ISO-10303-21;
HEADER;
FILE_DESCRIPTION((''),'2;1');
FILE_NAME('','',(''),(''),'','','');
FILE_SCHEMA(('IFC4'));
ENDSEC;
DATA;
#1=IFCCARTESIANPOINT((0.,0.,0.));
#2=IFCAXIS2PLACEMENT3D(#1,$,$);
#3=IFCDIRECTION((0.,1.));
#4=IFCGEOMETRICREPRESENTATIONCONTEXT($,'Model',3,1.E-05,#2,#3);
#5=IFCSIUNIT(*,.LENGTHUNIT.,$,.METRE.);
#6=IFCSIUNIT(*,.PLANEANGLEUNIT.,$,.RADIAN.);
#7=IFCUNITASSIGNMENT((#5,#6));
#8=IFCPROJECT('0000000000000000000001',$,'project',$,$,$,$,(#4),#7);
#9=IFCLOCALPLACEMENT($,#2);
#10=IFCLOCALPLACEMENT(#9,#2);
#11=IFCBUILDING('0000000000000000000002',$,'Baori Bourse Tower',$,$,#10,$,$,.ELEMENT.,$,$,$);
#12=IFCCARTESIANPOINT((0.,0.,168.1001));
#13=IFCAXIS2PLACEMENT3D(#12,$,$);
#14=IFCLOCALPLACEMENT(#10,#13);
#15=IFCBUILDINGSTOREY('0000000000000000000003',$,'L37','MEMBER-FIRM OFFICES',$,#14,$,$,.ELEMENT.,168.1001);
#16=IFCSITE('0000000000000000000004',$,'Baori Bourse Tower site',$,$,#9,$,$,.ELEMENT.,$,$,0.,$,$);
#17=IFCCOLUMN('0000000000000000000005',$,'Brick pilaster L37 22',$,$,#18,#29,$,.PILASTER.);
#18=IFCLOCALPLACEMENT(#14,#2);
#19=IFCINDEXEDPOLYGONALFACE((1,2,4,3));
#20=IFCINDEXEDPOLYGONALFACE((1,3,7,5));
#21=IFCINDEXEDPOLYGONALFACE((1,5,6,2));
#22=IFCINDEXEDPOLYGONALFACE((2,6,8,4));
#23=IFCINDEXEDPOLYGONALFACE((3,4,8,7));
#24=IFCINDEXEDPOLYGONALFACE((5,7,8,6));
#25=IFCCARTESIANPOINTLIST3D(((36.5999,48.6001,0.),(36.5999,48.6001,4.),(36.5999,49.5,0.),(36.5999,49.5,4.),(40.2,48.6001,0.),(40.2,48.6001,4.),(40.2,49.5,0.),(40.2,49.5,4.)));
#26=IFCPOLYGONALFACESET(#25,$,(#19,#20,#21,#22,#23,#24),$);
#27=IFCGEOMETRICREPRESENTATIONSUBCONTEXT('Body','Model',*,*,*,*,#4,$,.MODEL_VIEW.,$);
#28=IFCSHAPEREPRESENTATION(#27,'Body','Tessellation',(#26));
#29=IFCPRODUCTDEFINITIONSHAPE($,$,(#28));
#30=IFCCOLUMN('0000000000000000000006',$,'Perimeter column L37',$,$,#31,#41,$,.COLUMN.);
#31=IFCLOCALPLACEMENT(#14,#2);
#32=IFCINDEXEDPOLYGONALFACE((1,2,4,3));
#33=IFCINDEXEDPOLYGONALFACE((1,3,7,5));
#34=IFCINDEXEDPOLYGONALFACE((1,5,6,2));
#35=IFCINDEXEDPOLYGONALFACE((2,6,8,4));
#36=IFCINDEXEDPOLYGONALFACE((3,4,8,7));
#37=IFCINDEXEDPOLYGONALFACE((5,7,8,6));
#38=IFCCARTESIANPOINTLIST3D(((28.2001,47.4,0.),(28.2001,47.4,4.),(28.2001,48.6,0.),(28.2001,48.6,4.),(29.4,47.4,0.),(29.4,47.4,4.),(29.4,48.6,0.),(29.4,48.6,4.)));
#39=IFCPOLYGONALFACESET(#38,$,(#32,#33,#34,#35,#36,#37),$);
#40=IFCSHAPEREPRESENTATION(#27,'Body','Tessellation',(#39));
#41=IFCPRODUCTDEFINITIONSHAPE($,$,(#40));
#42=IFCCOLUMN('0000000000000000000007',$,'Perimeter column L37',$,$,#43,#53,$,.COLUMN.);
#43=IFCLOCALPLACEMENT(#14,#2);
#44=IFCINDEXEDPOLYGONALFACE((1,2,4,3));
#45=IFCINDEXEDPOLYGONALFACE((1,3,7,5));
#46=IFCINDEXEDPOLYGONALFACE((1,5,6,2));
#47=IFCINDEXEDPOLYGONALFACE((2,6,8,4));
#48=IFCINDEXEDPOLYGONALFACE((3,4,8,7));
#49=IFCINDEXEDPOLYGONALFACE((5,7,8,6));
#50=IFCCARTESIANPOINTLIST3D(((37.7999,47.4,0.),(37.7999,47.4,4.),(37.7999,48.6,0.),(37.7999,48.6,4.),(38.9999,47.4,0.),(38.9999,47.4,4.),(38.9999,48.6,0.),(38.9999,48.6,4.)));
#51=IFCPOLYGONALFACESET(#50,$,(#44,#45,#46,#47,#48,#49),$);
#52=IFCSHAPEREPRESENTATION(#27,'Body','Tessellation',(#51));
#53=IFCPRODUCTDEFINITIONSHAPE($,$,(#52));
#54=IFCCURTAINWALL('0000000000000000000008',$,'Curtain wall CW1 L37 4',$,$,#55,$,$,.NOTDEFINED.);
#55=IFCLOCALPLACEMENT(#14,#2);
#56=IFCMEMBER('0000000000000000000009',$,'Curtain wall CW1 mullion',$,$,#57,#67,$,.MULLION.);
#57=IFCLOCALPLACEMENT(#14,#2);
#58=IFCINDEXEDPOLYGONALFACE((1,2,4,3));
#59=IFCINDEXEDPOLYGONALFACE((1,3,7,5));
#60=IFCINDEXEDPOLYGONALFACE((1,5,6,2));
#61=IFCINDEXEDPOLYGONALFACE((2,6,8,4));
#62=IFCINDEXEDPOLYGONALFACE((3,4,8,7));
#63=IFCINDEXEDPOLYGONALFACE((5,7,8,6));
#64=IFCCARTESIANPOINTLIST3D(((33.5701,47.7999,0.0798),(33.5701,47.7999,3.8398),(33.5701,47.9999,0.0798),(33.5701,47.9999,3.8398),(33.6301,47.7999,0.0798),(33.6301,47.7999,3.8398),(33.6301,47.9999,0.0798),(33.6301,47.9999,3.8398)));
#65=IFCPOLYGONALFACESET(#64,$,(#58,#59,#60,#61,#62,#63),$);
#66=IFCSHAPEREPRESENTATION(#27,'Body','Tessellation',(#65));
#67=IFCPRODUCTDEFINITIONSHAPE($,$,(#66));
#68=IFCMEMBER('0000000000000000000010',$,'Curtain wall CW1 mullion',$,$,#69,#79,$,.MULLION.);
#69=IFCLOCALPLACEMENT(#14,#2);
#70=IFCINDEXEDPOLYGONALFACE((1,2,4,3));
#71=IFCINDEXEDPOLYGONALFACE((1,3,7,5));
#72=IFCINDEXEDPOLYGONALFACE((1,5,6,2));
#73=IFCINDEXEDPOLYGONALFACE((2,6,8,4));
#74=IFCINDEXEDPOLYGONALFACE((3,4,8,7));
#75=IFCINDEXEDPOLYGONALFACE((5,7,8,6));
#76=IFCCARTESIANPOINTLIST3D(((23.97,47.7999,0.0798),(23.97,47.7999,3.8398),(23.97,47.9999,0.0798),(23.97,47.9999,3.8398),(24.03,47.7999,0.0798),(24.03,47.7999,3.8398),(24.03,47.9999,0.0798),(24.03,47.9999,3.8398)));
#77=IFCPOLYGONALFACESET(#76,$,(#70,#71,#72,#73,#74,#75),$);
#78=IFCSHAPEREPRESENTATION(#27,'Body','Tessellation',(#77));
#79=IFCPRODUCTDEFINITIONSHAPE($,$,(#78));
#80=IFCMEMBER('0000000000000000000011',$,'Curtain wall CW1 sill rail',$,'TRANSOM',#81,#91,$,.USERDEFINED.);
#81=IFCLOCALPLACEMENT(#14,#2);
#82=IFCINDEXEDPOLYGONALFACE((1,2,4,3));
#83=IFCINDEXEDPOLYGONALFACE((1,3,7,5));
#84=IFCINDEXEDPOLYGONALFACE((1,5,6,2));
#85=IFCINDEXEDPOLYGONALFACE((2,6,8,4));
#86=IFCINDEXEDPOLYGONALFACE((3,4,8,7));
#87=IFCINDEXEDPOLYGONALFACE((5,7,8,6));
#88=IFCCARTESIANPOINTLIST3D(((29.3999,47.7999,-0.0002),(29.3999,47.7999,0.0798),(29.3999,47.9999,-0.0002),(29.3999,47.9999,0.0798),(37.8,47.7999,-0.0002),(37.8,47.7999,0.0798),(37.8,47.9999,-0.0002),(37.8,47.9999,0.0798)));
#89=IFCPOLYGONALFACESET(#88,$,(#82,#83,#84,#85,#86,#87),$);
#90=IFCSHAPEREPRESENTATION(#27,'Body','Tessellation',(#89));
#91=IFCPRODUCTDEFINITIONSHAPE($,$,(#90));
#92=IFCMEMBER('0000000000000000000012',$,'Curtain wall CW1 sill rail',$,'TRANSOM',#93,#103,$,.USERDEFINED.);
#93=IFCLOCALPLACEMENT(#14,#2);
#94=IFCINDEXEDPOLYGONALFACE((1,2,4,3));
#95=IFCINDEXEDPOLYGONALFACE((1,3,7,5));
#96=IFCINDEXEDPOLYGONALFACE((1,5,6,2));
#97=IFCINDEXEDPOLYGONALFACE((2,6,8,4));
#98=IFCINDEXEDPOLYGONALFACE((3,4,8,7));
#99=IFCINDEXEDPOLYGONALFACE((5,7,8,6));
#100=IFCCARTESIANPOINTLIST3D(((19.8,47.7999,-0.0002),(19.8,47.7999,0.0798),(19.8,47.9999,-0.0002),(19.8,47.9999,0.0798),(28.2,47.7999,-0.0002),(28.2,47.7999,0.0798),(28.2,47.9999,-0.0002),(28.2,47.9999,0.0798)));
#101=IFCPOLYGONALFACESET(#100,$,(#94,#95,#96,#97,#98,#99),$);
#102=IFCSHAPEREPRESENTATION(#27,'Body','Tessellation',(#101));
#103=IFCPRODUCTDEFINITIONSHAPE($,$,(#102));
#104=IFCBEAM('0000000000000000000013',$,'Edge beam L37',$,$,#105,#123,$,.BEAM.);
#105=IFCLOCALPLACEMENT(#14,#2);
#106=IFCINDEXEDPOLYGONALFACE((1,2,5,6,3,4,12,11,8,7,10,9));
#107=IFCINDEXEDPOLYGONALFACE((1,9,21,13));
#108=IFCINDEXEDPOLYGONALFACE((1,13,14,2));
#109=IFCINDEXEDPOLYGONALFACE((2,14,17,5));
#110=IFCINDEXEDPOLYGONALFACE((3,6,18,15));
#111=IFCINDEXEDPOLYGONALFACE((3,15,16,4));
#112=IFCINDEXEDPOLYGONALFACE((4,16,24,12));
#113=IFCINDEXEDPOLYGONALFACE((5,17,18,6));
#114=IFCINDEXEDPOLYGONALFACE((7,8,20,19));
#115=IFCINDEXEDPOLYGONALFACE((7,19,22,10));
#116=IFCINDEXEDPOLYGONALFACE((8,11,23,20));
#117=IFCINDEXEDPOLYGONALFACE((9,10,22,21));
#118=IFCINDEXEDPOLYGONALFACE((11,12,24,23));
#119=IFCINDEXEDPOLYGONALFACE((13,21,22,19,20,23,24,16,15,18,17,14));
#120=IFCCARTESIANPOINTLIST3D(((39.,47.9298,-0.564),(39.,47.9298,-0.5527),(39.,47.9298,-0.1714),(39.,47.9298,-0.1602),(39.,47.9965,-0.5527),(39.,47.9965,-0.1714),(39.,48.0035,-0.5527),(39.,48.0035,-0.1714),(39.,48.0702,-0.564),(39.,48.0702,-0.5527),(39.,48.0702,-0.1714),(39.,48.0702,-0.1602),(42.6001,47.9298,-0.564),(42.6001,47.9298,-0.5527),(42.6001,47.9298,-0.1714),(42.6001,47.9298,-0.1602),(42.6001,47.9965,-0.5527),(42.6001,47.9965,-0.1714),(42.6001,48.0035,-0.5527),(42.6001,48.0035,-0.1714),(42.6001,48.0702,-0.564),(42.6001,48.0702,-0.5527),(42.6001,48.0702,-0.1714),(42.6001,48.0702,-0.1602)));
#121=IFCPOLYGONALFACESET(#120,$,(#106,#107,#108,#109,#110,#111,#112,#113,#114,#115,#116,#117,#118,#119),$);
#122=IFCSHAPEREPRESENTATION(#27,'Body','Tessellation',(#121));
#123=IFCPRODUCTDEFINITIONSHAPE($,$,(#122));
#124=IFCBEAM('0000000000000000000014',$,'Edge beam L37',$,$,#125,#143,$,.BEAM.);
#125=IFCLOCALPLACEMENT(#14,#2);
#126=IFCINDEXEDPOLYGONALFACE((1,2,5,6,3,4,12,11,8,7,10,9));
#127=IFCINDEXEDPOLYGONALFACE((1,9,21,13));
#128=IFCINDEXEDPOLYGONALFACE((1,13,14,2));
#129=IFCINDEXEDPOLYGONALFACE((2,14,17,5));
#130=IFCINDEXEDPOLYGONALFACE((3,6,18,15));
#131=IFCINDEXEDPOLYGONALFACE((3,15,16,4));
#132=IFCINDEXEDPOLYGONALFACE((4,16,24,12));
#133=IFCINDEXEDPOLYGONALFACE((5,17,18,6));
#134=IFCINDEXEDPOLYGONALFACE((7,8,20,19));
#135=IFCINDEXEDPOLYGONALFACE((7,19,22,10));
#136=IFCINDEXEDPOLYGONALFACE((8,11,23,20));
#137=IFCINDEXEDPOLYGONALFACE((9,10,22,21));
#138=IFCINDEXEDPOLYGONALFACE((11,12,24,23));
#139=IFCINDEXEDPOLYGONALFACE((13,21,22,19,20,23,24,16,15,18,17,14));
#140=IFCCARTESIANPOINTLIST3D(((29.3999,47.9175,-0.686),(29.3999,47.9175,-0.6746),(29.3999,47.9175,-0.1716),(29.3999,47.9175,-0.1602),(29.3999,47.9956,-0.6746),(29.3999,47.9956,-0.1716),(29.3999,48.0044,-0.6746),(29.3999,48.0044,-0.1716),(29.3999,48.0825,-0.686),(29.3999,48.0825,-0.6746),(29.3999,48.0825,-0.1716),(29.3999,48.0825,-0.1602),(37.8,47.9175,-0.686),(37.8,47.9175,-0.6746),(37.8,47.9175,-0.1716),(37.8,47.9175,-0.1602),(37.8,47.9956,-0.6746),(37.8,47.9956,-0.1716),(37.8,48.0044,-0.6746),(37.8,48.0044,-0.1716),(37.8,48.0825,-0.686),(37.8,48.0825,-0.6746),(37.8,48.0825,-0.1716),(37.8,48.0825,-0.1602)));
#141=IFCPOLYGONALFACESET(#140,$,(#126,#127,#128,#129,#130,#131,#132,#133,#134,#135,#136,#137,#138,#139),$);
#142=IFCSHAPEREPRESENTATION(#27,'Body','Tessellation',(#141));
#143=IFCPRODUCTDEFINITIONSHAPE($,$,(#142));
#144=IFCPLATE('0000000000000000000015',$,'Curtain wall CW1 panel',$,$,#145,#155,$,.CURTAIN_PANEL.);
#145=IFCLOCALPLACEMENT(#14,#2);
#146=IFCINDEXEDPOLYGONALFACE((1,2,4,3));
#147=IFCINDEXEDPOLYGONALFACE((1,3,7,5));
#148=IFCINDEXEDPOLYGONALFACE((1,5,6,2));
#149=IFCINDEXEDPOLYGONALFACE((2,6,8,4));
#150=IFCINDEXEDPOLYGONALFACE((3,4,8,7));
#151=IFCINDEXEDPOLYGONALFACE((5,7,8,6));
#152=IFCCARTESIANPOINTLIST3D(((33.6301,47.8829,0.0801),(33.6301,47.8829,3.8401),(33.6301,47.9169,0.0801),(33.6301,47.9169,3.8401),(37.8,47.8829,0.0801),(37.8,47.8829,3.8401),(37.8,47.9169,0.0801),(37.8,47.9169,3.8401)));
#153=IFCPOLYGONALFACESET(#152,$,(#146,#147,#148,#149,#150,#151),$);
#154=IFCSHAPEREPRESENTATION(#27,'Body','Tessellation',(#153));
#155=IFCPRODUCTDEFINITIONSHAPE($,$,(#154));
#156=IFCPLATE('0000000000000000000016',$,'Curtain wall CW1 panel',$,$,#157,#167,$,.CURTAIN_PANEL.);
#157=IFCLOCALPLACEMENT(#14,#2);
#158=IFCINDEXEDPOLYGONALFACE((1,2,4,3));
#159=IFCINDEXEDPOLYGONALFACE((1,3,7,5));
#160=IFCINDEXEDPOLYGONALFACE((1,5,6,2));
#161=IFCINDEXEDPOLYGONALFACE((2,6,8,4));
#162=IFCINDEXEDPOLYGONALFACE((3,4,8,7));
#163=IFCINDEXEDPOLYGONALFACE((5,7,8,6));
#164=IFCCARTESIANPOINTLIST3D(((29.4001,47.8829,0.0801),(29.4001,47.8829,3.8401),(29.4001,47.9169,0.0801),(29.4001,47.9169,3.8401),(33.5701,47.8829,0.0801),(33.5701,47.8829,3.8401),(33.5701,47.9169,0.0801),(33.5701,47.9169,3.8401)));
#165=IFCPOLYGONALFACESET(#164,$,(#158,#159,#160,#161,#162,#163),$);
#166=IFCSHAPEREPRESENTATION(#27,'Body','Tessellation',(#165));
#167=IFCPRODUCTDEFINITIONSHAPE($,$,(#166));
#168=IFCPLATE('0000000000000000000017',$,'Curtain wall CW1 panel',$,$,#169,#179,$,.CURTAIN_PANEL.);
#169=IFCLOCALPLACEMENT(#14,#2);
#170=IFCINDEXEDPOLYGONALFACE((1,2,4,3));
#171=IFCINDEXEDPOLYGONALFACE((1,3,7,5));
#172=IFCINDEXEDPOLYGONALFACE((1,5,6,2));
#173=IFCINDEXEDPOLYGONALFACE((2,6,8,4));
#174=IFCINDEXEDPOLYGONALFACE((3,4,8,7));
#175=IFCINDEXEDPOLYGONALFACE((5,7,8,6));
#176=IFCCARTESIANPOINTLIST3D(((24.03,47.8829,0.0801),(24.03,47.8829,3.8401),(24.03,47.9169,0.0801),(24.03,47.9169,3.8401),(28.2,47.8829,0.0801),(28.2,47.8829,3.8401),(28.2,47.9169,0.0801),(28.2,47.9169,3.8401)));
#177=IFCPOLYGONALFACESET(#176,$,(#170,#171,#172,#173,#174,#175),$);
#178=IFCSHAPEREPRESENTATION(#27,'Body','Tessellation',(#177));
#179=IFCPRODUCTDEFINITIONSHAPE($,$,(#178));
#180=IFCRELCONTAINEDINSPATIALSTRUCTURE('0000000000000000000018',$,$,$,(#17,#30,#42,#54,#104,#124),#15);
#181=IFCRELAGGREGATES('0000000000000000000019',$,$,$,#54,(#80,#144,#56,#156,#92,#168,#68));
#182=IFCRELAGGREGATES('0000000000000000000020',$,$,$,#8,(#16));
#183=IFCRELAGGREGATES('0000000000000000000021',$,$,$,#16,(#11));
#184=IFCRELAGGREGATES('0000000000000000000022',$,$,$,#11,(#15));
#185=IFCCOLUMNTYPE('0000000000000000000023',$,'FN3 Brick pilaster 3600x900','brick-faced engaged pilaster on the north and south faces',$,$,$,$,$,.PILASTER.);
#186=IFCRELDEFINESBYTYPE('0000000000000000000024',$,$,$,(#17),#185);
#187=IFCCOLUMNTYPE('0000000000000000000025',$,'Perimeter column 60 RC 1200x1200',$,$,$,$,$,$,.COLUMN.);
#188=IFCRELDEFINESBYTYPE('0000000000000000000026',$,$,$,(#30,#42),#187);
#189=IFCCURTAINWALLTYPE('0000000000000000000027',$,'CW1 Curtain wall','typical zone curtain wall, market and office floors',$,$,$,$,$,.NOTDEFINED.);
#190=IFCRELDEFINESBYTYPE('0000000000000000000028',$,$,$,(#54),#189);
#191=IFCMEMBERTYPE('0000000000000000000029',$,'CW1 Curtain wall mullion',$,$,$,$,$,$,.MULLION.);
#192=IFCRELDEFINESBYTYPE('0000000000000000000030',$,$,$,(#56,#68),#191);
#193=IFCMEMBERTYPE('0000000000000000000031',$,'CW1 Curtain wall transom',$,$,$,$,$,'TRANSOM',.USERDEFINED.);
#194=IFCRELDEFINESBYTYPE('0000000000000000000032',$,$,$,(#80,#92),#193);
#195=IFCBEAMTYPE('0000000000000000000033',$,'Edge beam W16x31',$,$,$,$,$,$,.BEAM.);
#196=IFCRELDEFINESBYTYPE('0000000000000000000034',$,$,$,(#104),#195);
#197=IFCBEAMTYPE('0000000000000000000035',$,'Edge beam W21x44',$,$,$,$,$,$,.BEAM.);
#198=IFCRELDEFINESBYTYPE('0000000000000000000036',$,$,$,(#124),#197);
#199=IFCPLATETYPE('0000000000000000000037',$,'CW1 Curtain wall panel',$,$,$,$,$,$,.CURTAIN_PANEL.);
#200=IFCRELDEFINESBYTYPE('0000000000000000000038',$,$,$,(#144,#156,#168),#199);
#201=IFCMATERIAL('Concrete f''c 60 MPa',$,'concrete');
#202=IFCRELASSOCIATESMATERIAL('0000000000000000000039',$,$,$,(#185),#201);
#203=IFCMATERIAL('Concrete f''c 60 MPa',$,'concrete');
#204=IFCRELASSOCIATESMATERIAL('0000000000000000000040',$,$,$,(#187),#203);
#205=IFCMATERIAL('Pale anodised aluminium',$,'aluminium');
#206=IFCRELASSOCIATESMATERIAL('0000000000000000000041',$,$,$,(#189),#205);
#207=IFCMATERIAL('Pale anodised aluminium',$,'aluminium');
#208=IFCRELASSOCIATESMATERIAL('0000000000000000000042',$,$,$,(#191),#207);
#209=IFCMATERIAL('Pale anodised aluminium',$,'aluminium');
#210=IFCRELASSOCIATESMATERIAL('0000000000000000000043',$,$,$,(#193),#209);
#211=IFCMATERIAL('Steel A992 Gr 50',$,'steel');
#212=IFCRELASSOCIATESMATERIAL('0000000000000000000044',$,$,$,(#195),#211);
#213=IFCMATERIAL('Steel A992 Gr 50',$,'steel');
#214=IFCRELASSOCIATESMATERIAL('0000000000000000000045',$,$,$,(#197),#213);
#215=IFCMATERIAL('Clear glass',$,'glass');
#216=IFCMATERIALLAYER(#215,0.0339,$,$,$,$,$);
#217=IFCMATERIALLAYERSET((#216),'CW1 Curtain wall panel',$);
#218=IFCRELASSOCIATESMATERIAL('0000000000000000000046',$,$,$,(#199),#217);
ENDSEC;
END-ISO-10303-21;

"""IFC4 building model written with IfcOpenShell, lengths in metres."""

from ifc_helpers import new_model, si_unit, direction, frame, origin, origin_2d, place, context, subcontext, project, spatial, rectangle, i_section, extrude, material, layer, layer_set, material_profile, profile_set, type_object, element, aggregate, save


model = new_model("IFC4")

# Units and contexts
model_context = context("Model", 3, precision=1e-05, world=origin(), true_north=direction((0.0, 1.0)))
body_context = subcontext(model_context, "Body", "Model", "MODEL_VIEW")
ifc_project = project(units=[si_unit("LENGTHUNIT", "METRE"), si_unit("PLANEANGLEUNIT", "RADIAN")], contexts=[model_context])

# Site, building, storey
site_placement = place(None, origin())
site = spatial("IfcSite", under=ifc_project, at=site_placement, Name="Baori Bourse Tower site", CompositionType="ELEMENT", RefElevation=0.0)
building_placement = place(site_placement, origin())
building = spatial("IfcBuilding", under=site, at=building_placement, Name="Baori Bourse Tower", CompositionType="ELEMENT")
storey_placement = place(building_placement, frame((0.0, 0.0, 168.1001)))
storey = spatial("IfcBuildingStorey", under=building, at=storey_placement, Name="L37", Description="MEMBER-FIRM OFFICES", CompositionType="ELEMENT", Elevation=168.1001)

# Columns
ifc_material_1 = material(Name="Concrete f'c 60 MPa", Category="concrete")
ifc_material_profile_1 = material_profile(ifc_material_1, rectangle(XDim=3.6001, YDim=0.8999, at=origin_2d()), Name="RC 3600x900")
ifc_profile_set_1 = profile_set([ifc_material_profile_1], Name="Concrete f'c 60 MPa")
column_type_1 = type_object("IfcColumnType", Name="FN3 Brick pilaster 3600x900", Description="brick-faced engaged pilaster on the north and south faces", PredefinedType="PILASTER", material=ifc_profile_set_1)
column_placement = place(storey_placement, frame((38.3999, 49.05, 0.0), z_axis=(0.0, 0.0, 1.0), x_axis=(1.0, 0.0, 0.0)))
element("IfcColumn", 1, at=column_placement, inside=storey, type_object=column_type_1, Name="Brick pilaster L37 22", PredefinedType="PILASTER", context=body_context, shape_type="SweptSolid", body=[
    extrude(rectangle(XDim=3.6001, YDim=0.8999, at=origin_2d()), origin(), (0.0, 0.0, 1.0), 4.0),
])
ifc_material_2 = material(Name="Concrete f'c 60 MPa", Category="concrete")
ifc_material_profile_2 = material_profile(ifc_material_2, rectangle(XDim=1.2, YDim=1.2, at=origin_2d()), Name="RC 1200x1200")
ifc_profile_set_2 = profile_set([ifc_material_profile_2], Name="Concrete f'c 60 MPa")
column_type_2 = type_object("IfcColumnType", Name="Perimeter column 60 RC 1200x1200", PredefinedType="COLUMN", material=ifc_profile_set_2)
for number, where, z_axis, x_axis, name in (
    (2, (28.8, 48.0, 0.0), (0.0, 0.0, 1.0), (1.0, 0.0, 0.0), "Perimeter column L37"),
    (3, (38.3999, 48.0, 0.0), (0.0, 0.0, 1.0), (1.0, 0.0, 0.0), "Perimeter column L37"),
):
    element("IfcColumn", number, at=place(storey_placement, frame(where, z_axis=z_axis, x_axis=x_axis)), inside=storey, type_object=column_type_2, Name=name, PredefinedType="COLUMN", context=body_context, shape_type="SweptSolid", body=[
        extrude(rectangle(XDim=1.2, YDim=1.2, at=origin_2d()), origin(), (0.0, 0.0, 1.0), 4.0),
    ])

# Curtain wall, members
ifc_material_3 = material(Name="Pale anodised aluminium", Category="aluminium")
curtain_wall_type = type_object("IfcCurtainWallType", Name="CW1 Curtain wall", Description="typical zone curtain wall, market and office floors", PredefinedType="NOTDEFINED", material=ifc_material_3)
curtain_wall_placement = place(storey_placement, origin())
curtain_wall = element("IfcCurtainWall", 4, at=curtain_wall_placement, inside=storey, type_object=curtain_wall_type, Name="Curtain wall CW1 L37 4", PredefinedType="NOTDEFINED")
ifc_material_4 = material(Name="Pale anodised aluminium", Category="aluminium")
ifc_material_profile_3 = material_profile(ifc_material_4, rectangle(XDim=0.2, YDim=0.0601, at=origin_2d()), Name="Mullion 60x200")
ifc_profile_set_3 = profile_set([ifc_material_profile_3], Name="Pale anodised aluminium")
member_type_1 = type_object("IfcMemberType", Name="CW1 Curtain wall mullion", PredefinedType="MULLION", material=ifc_profile_set_3)
member_1_placement = place(storey_placement, frame((33.6001, 47.8999, 0.0798), z_axis=(0.0, 0.0, 1.0), x_axis=(0.0, -1.0, 0.0)))
member_1 = element("IfcMember", 5, at=member_1_placement, type_object=member_type_1, Name="Curtain wall CW1 mullion", PredefinedType="MULLION", context=body_context, shape_type="SweptSolid", body=[
    extrude(rectangle(XDim=0.2, YDim=0.0601, at=origin_2d()), origin(), (0.0, 0.0, 1.0), 3.76),
])
member_2_placement = place(storey_placement, frame((24.0, 47.8999, 0.0798), z_axis=(0.0, 0.0, 1.0), x_axis=(0.0, -1.0, 0.0)))
member_2 = element("IfcMember", 6, at=member_2_placement, type_object=member_type_1, Name="Curtain wall CW1 mullion", PredefinedType="MULLION", context=body_context, shape_type="SweptSolid", body=[
    extrude(rectangle(XDim=0.2, YDim=0.0601, at=origin_2d()), origin(), (0.0, 0.0, 1.0), 3.76),
])
ifc_material_5 = material(Name="Pale anodised aluminium", Category="aluminium")
ifc_material_profile_4 = material_profile(ifc_material_5, rectangle(XDim=0.2, YDim=0.0801, at=origin_2d()), Name="Transom 80x200")
ifc_profile_set_4 = profile_set([ifc_material_profile_4], Name="Pale anodised aluminium")
member_type_2 = type_object("IfcMemberType", Name="CW1 Curtain wall transom", ElementType="TRANSOM", PredefinedType="USERDEFINED", material=ifc_profile_set_4)
member_3_placement = place(storey_placement, frame((37.8, 47.8999, 0.0398), z_axis=(-1.0, 0.0, 0.0), x_axis=(0.0, -1.0, 0.0)))
member_3 = element("IfcMember", 7, at=member_3_placement, type_object=member_type_2, Name="Curtain wall CW1 sill rail", ObjectType="TRANSOM", PredefinedType="USERDEFINED", context=body_context, shape_type="SweptSolid", body=[
    extrude(rectangle(XDim=0.2, YDim=0.0801, at=origin_2d()), origin(), (0.0, 0.0, 1.0), 8.4001),
])
member_4_placement = place(storey_placement, frame((28.2, 47.8999, 0.0398), z_axis=(-1.0, 0.0, 0.0), x_axis=(0.0, -1.0, 0.0)))
member_4 = element("IfcMember", 8, at=member_4_placement, type_object=member_type_2, Name="Curtain wall CW1 sill rail", ObjectType="TRANSOM", PredefinedType="USERDEFINED", context=body_context, shape_type="SweptSolid", body=[
    extrude(rectangle(XDim=0.2, YDim=0.0801, at=origin_2d()), origin(), (0.0, 0.0, 1.0), 8.3999),
])

# Beams
ifc_material_6 = material(Name="Steel A992 Gr 50", Category="steel")
ifc_material_profile_5 = material_profile(ifc_material_6, i_section(OverallWidth=0.1404, OverallDepth=0.4038, WebThickness=0.0071, FlangeThickness=0.0112, at=origin_2d()), Name="W16x31")
ifc_profile_set_5 = profile_set([ifc_material_profile_5], Name="Steel A992 Gr 50")
beam_type_1 = type_object("IfcBeamType", Name="Edge beam W16x31", PredefinedType="BEAM", material=ifc_profile_set_5)
beam_1_placement = place(storey_placement, frame((39.0, 48.0, -0.3621), z_axis=(1.0, 0.0, 0.0), x_axis=(0.0, 1.0, 0.0)))
element("IfcBeam", 9, at=beam_1_placement, inside=storey, type_object=beam_type_1, Name="Edge beam L37", PredefinedType="BEAM", context=body_context, shape_type="SweptSolid", body=[
    extrude(i_section(OverallWidth=0.1404, OverallDepth=0.4038, WebThickness=0.0071, FlangeThickness=0.0112, at=origin_2d()), origin(), (0.0, 0.0, 1.0), 3.6001),
])
ifc_material_7 = material(Name="Steel A992 Gr 50", Category="steel")
ifc_material_profile_6 = material_profile(ifc_material_7, i_section(OverallWidth=0.165, OverallDepth=0.5259, WebThickness=0.0088, FlangeThickness=0.0115, at=origin_2d()), Name="W21x44")
ifc_profile_set_6 = profile_set([ifc_material_profile_6], Name="Steel A992 Gr 50")
beam_type_2 = type_object("IfcBeamType", Name="Edge beam W21x44", PredefinedType="BEAM", material=ifc_profile_set_6)
beam_2_placement = place(storey_placement, frame((29.3999, 48.0, -0.4231), z_axis=(1.0, 0.0, 0.0), x_axis=(0.0, 1.0, 0.0)))
element("IfcBeam", 10, at=beam_2_placement, inside=storey, type_object=beam_type_2, Name="Edge beam L37", PredefinedType="BEAM", context=body_context, shape_type="SweptSolid", body=[
    extrude(i_section(OverallWidth=0.165, OverallDepth=0.5259, WebThickness=0.0088, FlangeThickness=0.0115, at=origin_2d()), origin(), (0.0, 0.0, 1.0), 8.4001),
])

# Plates
ifc_material_8 = material(Name="Clear glass", Category="glass")
ifc_layer_1 = layer(ifc_material_8, 0.0339)
ifc_layer_set_1 = layer_set([ifc_layer_1], Name="CW1 Curtain wall panel")
plate_type = type_object("IfcPlateType", Name="CW1 Curtain wall panel", PredefinedType="CURTAIN_PANEL", material=ifc_layer_set_1)
plate_1_placement = place(storey_placement, frame((35.7151, 47.8999, 0.0801), z_axis=(0.0, 0.0, 1.0), x_axis=(-1.0, 0.0, 0.0)))
plate_1 = element("IfcPlate", 11, at=plate_1_placement, type_object=plate_type, Name="Curtain wall CW1 panel", PredefinedType="CURTAIN_PANEL", context=body_context, shape_type="SweptSolid", body=[
    extrude(rectangle(XDim=4.1699, YDim=0.0339, at=origin_2d()), origin(), (0.0, 0.0, 1.0), 3.76),
])
plate_2_placement = place(storey_placement, frame((31.4851, 47.8999, 0.0801), z_axis=(0.0, 0.0, 1.0), x_axis=(-1.0, 0.0, 0.0)))
plate_2 = element("IfcPlate", 12, at=plate_2_placement, type_object=plate_type, Name="Curtain wall CW1 panel", PredefinedType="CURTAIN_PANEL", context=body_context, shape_type="SweptSolid", body=[
    extrude(rectangle(XDim=4.1699, YDim=0.0339, at=origin_2d()), origin(), (0.0, 0.0, 1.0), 3.76),
])
plate_3_placement = place(storey_placement, frame((26.115, 47.8999, 0.0801), z_axis=(0.0, 0.0, 1.0), x_axis=(-1.0, 0.0, 0.0)))
plate_3 = element("IfcPlate", 13, at=plate_3_placement, type_object=plate_type, Name="Curtain wall CW1 panel", PredefinedType="CURTAIN_PANEL", context=body_context, shape_type="SweptSolid", body=[
    extrude(rectangle(XDim=4.1699, YDim=0.0339, at=origin_2d()), origin(), (0.0, 0.0, 1.0), 3.76),
])
aggregate(curtain_wall, [member_3, plate_1, member_1, plate_2, member_4, plate_3, member_2])

save(model, "model.ifc")
